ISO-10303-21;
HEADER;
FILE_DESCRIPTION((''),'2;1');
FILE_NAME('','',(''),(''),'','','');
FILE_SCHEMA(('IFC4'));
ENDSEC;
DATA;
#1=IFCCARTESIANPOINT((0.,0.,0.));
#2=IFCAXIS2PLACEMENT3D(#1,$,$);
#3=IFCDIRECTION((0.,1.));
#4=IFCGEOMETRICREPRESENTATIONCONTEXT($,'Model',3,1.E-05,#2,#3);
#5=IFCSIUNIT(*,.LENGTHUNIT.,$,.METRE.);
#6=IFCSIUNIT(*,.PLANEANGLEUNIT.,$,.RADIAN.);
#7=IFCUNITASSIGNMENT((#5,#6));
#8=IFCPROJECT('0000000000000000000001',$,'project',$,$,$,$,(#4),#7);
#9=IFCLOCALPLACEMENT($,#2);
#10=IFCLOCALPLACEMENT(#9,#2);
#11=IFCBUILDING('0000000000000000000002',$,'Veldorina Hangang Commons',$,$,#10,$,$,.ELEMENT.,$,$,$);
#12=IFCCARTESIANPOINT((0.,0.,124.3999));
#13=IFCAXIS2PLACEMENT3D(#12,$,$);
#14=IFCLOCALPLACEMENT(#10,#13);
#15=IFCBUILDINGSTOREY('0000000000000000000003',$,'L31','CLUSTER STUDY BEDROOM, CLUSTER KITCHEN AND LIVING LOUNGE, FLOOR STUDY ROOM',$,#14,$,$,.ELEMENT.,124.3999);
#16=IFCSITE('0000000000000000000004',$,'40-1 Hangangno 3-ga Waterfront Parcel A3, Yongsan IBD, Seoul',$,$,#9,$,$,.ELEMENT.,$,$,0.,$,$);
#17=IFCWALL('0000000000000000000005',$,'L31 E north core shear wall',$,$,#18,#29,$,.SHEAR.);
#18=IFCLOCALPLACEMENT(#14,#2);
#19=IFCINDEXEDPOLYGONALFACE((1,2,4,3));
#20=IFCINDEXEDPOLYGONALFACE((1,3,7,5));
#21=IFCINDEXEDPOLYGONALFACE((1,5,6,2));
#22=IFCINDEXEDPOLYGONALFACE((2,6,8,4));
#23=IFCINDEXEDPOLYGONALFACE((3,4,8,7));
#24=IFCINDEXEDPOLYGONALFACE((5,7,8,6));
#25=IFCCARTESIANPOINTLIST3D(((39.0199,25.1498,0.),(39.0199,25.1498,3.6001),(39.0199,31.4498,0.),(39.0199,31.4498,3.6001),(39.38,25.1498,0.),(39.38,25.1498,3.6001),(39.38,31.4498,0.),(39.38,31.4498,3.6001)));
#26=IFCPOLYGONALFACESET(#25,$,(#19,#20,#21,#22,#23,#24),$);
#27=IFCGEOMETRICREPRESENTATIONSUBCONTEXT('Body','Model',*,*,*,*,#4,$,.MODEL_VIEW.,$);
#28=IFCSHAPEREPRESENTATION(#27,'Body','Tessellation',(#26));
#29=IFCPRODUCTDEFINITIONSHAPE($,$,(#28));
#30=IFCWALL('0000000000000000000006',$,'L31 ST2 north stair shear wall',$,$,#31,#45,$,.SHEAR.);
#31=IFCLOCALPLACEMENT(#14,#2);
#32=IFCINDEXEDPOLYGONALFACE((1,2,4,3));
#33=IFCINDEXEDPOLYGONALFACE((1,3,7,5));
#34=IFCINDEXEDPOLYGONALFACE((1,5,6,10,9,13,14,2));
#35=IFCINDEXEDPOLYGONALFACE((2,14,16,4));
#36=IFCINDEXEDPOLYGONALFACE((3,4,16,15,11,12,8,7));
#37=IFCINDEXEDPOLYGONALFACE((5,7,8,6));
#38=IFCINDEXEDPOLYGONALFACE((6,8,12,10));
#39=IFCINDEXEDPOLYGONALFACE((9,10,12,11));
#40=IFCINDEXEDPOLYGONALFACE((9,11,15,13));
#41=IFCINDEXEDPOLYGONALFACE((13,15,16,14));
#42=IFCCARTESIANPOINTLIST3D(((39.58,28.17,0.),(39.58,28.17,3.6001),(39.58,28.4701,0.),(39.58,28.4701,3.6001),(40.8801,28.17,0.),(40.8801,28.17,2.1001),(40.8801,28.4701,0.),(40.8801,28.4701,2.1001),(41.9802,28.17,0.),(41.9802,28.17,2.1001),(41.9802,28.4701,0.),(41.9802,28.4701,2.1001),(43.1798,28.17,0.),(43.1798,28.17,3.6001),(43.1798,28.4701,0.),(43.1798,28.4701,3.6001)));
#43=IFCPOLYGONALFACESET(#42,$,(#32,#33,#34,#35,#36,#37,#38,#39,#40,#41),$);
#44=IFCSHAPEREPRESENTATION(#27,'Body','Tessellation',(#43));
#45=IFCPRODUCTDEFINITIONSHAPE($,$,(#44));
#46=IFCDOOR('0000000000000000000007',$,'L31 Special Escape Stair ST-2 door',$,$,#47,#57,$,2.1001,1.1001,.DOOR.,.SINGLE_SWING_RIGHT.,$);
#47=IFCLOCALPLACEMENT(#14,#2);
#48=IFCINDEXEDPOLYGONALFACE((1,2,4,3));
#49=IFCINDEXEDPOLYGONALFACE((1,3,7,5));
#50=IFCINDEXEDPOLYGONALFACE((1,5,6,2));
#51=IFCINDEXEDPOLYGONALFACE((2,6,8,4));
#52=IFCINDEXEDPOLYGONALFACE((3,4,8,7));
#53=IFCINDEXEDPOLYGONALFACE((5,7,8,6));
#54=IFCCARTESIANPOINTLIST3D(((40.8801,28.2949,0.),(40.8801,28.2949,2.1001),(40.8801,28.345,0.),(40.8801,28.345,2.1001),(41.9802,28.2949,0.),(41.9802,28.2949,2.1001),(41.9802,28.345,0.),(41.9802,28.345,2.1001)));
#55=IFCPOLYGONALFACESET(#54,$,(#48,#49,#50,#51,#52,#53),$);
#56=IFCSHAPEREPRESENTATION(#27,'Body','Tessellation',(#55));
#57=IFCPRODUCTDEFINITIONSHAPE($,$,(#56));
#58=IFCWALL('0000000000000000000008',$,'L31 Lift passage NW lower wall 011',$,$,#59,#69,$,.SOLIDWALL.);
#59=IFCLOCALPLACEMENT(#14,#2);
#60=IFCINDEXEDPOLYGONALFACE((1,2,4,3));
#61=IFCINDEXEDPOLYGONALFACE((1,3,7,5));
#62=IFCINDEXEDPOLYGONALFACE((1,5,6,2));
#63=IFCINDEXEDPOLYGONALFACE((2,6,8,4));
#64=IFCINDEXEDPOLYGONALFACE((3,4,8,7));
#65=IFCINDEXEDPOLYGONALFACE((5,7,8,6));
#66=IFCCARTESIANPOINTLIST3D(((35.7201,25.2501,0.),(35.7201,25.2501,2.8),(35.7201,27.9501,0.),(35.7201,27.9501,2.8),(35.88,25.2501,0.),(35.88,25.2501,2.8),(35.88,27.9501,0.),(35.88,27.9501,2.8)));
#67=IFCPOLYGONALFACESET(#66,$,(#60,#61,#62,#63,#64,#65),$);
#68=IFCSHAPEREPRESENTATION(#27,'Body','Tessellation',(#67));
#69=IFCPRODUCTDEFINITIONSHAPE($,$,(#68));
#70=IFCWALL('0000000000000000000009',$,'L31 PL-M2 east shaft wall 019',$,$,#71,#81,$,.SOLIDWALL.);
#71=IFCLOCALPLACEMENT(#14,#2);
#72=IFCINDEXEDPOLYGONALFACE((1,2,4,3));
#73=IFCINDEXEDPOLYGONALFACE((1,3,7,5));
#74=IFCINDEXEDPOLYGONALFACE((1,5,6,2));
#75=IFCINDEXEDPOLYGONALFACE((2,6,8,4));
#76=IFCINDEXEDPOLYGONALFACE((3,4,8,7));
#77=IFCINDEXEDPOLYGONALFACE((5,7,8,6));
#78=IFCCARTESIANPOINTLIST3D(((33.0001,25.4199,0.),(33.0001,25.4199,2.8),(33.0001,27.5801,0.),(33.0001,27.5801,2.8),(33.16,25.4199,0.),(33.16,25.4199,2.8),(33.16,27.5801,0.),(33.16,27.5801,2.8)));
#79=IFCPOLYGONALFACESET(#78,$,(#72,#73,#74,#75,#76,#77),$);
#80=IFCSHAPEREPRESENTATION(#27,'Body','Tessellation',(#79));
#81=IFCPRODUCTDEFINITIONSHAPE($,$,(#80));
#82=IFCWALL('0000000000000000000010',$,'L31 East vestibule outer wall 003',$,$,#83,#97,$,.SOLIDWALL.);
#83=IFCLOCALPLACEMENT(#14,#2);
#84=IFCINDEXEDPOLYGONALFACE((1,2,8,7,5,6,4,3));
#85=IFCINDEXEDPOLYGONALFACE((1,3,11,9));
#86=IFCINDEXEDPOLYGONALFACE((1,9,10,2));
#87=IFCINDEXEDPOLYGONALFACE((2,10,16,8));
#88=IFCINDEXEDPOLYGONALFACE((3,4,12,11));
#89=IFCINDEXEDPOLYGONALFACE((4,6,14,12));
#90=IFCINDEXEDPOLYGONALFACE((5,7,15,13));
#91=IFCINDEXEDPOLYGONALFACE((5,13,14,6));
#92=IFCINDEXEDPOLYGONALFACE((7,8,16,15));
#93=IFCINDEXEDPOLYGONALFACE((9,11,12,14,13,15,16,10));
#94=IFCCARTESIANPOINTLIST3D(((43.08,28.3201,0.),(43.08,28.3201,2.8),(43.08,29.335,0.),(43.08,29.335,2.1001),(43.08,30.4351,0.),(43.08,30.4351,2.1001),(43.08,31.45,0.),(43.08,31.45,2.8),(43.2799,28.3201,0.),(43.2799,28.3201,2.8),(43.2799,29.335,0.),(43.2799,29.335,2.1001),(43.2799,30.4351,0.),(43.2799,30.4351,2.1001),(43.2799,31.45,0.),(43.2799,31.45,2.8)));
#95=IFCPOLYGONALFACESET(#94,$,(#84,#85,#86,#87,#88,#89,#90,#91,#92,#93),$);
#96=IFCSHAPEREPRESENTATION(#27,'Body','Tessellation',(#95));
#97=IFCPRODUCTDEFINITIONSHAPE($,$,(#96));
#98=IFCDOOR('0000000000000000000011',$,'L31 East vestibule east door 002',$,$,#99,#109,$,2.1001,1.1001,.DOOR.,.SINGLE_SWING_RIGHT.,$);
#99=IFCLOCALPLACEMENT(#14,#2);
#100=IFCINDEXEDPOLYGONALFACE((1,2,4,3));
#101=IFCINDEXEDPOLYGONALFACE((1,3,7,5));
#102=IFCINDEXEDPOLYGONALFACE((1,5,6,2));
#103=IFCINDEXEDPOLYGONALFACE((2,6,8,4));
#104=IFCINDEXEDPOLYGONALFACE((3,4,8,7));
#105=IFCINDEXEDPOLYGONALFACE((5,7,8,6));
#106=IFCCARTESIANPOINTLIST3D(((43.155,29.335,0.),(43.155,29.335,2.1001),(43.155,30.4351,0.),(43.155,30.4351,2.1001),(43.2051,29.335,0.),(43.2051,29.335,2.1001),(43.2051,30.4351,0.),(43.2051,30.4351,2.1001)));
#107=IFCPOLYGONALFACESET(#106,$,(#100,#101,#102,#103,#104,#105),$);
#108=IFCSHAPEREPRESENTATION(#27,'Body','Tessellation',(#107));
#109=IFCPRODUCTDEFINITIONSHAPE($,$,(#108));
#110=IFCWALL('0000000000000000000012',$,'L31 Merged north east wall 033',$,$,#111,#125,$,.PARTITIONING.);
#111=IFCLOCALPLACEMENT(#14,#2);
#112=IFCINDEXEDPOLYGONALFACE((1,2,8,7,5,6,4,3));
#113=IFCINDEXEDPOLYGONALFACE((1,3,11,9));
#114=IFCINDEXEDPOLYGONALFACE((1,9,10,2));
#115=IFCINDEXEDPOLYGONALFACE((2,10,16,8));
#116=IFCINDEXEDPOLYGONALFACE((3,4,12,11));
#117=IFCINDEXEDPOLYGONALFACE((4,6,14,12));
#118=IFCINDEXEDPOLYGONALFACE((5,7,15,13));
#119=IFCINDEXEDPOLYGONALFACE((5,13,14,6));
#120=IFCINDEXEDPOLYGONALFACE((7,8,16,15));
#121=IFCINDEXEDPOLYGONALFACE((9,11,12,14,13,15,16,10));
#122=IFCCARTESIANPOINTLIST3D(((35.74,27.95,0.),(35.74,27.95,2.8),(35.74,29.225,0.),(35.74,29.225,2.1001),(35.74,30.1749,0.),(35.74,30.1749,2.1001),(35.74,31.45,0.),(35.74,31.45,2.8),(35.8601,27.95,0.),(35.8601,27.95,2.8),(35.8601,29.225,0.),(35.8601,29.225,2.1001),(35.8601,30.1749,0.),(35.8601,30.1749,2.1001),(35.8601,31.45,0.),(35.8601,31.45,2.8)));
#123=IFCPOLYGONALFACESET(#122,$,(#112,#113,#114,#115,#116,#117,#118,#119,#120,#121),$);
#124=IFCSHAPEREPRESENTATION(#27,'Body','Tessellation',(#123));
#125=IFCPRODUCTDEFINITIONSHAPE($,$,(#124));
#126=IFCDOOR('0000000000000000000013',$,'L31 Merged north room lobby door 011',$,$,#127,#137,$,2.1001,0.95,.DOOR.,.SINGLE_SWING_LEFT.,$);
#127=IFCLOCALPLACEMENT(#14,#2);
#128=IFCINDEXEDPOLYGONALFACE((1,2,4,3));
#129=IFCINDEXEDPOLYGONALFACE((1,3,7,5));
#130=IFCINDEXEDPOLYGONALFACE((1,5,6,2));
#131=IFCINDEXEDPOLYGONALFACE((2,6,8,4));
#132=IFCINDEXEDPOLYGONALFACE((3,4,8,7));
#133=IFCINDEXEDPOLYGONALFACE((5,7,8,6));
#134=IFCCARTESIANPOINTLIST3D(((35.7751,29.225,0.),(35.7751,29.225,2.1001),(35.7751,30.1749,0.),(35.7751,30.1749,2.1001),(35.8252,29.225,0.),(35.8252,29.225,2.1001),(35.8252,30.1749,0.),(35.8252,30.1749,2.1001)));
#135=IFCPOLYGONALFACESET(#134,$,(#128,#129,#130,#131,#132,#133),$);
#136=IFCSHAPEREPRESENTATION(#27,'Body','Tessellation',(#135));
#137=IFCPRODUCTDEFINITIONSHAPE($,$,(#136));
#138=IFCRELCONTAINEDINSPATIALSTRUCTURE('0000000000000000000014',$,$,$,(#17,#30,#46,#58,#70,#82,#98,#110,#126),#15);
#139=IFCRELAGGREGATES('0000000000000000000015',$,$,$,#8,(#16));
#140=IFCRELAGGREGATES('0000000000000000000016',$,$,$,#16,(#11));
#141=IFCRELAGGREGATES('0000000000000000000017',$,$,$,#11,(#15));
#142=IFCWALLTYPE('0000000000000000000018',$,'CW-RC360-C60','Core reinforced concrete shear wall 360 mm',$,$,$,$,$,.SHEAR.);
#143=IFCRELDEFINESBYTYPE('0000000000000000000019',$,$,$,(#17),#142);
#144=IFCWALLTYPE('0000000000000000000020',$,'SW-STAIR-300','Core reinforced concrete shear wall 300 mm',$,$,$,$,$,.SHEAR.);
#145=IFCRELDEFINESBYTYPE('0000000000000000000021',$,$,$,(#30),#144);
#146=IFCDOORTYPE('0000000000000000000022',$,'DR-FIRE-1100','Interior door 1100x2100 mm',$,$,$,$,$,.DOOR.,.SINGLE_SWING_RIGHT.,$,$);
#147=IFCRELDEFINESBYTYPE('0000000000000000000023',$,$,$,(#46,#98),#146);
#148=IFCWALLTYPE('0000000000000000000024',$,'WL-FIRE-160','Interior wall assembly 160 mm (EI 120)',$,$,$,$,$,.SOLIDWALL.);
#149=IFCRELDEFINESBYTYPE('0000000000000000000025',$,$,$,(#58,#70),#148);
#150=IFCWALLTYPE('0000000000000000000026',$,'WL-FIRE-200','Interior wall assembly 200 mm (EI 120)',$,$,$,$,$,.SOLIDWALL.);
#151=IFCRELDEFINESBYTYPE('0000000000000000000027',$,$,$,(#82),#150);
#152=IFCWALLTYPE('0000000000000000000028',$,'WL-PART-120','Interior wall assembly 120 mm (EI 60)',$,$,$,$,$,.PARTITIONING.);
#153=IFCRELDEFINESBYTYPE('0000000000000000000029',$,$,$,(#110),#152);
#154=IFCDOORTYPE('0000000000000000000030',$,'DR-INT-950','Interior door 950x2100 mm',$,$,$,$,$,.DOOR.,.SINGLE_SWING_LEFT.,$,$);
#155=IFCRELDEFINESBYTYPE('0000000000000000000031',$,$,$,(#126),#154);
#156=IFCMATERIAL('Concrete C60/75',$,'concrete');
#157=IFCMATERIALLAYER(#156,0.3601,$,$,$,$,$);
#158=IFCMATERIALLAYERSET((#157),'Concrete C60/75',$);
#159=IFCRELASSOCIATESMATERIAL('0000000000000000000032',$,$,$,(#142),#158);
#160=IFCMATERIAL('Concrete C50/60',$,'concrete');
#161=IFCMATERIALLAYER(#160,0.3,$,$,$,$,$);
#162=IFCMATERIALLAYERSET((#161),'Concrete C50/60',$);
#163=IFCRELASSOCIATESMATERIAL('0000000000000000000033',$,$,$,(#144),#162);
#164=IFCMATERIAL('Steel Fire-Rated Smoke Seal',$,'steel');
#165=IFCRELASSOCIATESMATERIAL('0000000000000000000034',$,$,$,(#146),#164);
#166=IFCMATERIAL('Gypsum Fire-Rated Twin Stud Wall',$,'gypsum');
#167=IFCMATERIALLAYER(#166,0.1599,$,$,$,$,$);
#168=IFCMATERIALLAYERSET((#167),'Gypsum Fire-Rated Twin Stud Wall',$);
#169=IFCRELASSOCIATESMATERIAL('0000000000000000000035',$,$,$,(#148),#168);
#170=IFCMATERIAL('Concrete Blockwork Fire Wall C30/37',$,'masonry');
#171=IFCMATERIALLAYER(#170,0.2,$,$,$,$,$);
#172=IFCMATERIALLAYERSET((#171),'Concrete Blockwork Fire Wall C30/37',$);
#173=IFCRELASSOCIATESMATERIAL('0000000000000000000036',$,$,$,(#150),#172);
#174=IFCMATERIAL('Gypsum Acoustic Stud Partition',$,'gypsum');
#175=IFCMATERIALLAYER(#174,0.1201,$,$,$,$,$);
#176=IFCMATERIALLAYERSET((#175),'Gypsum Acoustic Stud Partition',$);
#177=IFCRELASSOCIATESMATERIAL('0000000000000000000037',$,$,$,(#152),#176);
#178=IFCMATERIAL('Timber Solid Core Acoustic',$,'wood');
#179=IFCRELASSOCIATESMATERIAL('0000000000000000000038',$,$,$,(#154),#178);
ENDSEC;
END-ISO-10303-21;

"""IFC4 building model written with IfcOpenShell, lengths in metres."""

from ifc_helpers import new_model, si_unit, direction, frame, frame_2d, origin, place, context, subcontext, project, spatial, rectangle, extrude, material, layer, layer_set, type_object, element, fill, save


model = new_model("IFC4")

# Units and contexts
model_context = context("Model", 3, precision=1e-05, world=origin(), true_north=direction((0.0, 1.0)))
body_context = subcontext(model_context, "Body", "Model", "MODEL_VIEW")
ifc_project = project(units=[si_unit("LENGTHUNIT", "METRE"), si_unit("PLANEANGLEUNIT", "RADIAN")], contexts=[model_context])

# Site, building, storey
site_placement = place(None, origin())
site = spatial("IfcSite", under=ifc_project, at=site_placement, Name="40-1 Hangangno 3-ga Waterfront Parcel A3, Yongsan IBD, Seoul", CompositionType="ELEMENT", RefElevation=0.0)
building_placement = place(site_placement, origin())
building = spatial("IfcBuilding", under=site, at=building_placement, Name="Veldorina Hangang Commons", CompositionType="ELEMENT")
storey_placement = place(building_placement, frame((0.0, 0.0, 124.3999)))
storey = spatial("IfcBuildingStorey", under=building, at=storey_placement, Name="L31", Description="CLUSTER STUDY BEDROOM, CLUSTER KITCHEN AND LIVING LOUNGE, FLOOR STUDY ROOM", CompositionType="ELEMENT", Elevation=124.3999)

# Wall
ifc_material_1 = material(Name="Concrete C60/75", Category="concrete")
ifc_layer_1 = layer(ifc_material_1, 0.3601)
ifc_layer_set_1 = layer_set([ifc_layer_1], Name="Concrete C60/75")
wall_type_1 = type_object("IfcWallType", Name="CW-RC360-C60", Description="Core reinforced concrete shear wall 360 mm", PredefinedType="SHEAR", material=ifc_layer_set_1)
wall_1_placement = place(storey_placement, frame((39.2, 25.1499, 0.0), z_axis=(0.0, 0.0, 1.0), x_axis=(0.0, 1.0, 0.0)))
element("IfcWall", 1, at=wall_1_placement, inside=storey, type_object=wall_type_1, Name="L31 E north core shear wall", PredefinedType="SHEAR", context=body_context, shape_type="SweptSolid", body=[
    extrude(rectangle(XDim=6.3, YDim=0.3601, at=frame_2d((3.1499, 0.0))), origin(), (0.0, 0.0, 1.0), 3.6001),
])

# Wall, opening, door
ifc_material_2 = material(Name="Concrete C50/60", Category="concrete")
ifc_layer_2 = layer(ifc_material_2, 0.3)
ifc_layer_set_2 = layer_set([ifc_layer_2], Name="Concrete C50/60")
wall_type_2 = type_object("IfcWallType", Name="SW-STAIR-300", Description="Core reinforced concrete shear wall 300 mm", PredefinedType="SHEAR", material=ifc_layer_set_2)
wall_2_placement = place(storey_placement, frame((39.5801, 28.3201, 0.0), z_axis=(0.0, 0.0, 1.0), x_axis=(1.0, 0.0, 0.0)))
wall_2 = element("IfcWall", 2, at=wall_2_placement, inside=storey, type_object=wall_type_2, Name="L31 ST2 north stair shear wall", PredefinedType="SHEAR", context=body_context, shape_type="SweptSolid", body=[
    extrude(rectangle(XDim=3.5999, YDim=0.3, at=frame_2d((1.7998, 0.0))), origin(), (0.0, 0.0, 1.0), 3.6001),
])
opening_1_placement = place(wall_2_placement, frame((1.3, 0.0, 0.0)))
opening_1 = element("IfcOpeningElement", 3, at=opening_1_placement, cuts=wall_2, PredefinedType="OPENING", context=body_context, shape_type="SweptSolid", body=[
    extrude(rectangle(XDim=1.1001, YDim=2.1001, at=frame_2d((0.55, 1.05))), frame((0.0, 0.1602, 0.0), z_axis=(0.0, -1.0, 0.0), x_axis=(1.0, 0.0, 0.0)), (0.0, 0.0, 1.0), 0.3201),
])
ifc_material_3 = material(Name="Steel Fire-Rated Smoke Seal", Category="steel")
door_type_1 = type_object("IfcDoorType", Name="DR-FIRE-1100", Description="Interior door 1100x2100 mm", OperationType="SINGLE_SWING_RIGHT", PredefinedType="DOOR", material=ifc_material_3)
door_1_placement = place(opening_1_placement, origin())
door_1 = element("IfcDoor", 4, at=door_1_placement, inside=storey, type_object=door_type_1, Name="L31 Special Escape Stair ST-2 door", OperationType="SINGLE_SWING_RIGHT", OverallHeight=2.1001, OverallWidth=1.1001, PredefinedType="DOOR", context=body_context, shape_type="SweptSolid", body=[
    extrude(rectangle(XDim=1.1001, YDim=2.1001, at=frame_2d((0.55, 1.05))), frame((0.0, 0.0249, 0.0), z_axis=(0.0, -1.0, 0.0), x_axis=(1.0, 0.0, 0.0)), (0.0, 0.0, 1.0), 0.05),
])
fill(opening_1, door_1)

# Walls
ifc_material_4 = material(Name="Gypsum Fire-Rated Twin Stud Wall", Category="gypsum")
ifc_layer_3 = layer(ifc_material_4, 0.1599)
ifc_layer_set_3 = layer_set([ifc_layer_3], Name="Gypsum Fire-Rated Twin Stud Wall")
wall_type_3 = type_object("IfcWallType", Name="WL-FIRE-160", Description="Interior wall assembly 160 mm (EI 120)", PredefinedType="SOLIDWALL", material=ifc_layer_set_3)
wall_3_placement = place(storey_placement, frame((35.8, 25.25, 0.0), z_axis=(0.0, 0.0, 1.0), x_axis=(0.0, 1.0, 0.0)))
element("IfcWall", 5, at=wall_3_placement, inside=storey, type_object=wall_type_3, Name="L31 Lift passage NW lower wall 011", PredefinedType="SOLIDWALL", context=body_context, shape_type="SweptSolid", body=[
    extrude(rectangle(XDim=2.7, YDim=0.1599, at=frame_2d((1.3501, 0.0))), origin(), (0.0, 0.0, 1.0), 2.8),
])
wall_4_placement = place(storey_placement, frame((33.0801, 25.4199, 0.0), z_axis=(0.0, 0.0, 1.0), x_axis=(0.0, 1.0, 0.0)))
element("IfcWall", 6, at=wall_4_placement, inside=storey, type_object=wall_type_3, Name="L31 PL-M2 east shaft wall 019", PredefinedType="SOLIDWALL", context=body_context, shape_type="SweptSolid", body=[
    extrude(rectangle(XDim=2.1602, YDim=0.1599, at=frame_2d((1.0801, 0.0))), origin(), (0.0, 0.0, 1.0), 2.8),
])

# Walls, openings, doors
ifc_material_5 = material(Name="Concrete Blockwork Fire Wall C30/37", Category="masonry")
ifc_layer_4 = layer(ifc_material_5, 0.2)
ifc_layer_set_4 = layer_set([ifc_layer_4], Name="Concrete Blockwork Fire Wall C30/37")
wall_type_4 = type_object("IfcWallType", Name="WL-FIRE-200", Description="Interior wall assembly 200 mm (EI 120)", PredefinedType="SOLIDWALL", material=ifc_layer_set_4)
wall_5_placement = place(storey_placement, frame((43.1799, 28.3201, 0.0), z_axis=(0.0, 0.0, 1.0), x_axis=(0.0, 1.0, 0.0)))
wall_5 = element("IfcWall", 7, at=wall_5_placement, inside=storey, type_object=wall_type_4, Name="L31 East vestibule outer wall 003", PredefinedType="SOLIDWALL", context=body_context, shape_type="SweptSolid", body=[
    extrude(rectangle(XDim=3.1299, YDim=0.2, at=frame_2d((1.5649, 0.0))), origin(), (0.0, 0.0, 1.0), 2.8),
])
opening_2_placement = place(wall_5_placement, frame((1.0149, 0.0, 0.0)))
opening_2 = element("IfcOpeningElement", 8, at=opening_2_placement, cuts=wall_5, PredefinedType="OPENING", context=body_context, shape_type="SweptSolid", body=[
    extrude(rectangle(XDim=1.1001, YDim=2.1001, at=frame_2d((0.55, 1.05))), frame((0.0, 0.1099, 0.0), z_axis=(0.0, -1.0, 0.0), x_axis=(1.0, 0.0, 0.0)), (0.0, 0.0, 1.0), 0.22),
])
door_2_placement = place(opening_2_placement, origin())
door_2 = element("IfcDoor", 9, at=door_2_placement, inside=storey, type_object=door_type_1, Name="L31 East vestibule east door 002", OperationType="SINGLE_SWING_RIGHT", OverallHeight=2.1001, OverallWidth=1.1001, PredefinedType="DOOR", context=body_context, shape_type="SweptSolid", body=[
    extrude(rectangle(XDim=1.1001, YDim=2.1001, at=frame_2d((0.55, 1.05))), frame((0.0, 0.0249, 0.0), z_axis=(0.0, -1.0, 0.0), x_axis=(1.0, 0.0, 0.0)), (0.0, 0.0, 1.0), 0.05),
])
fill(opening_2, door_2)
ifc_material_6 = material(Name="Gypsum Acoustic Stud Partition", Category="gypsum")
ifc_layer_5 = layer(ifc_material_6, 0.1201)
ifc_layer_set_5 = layer_set([ifc_layer_5], Name="Gypsum Acoustic Stud Partition")
wall_type_5 = type_object("IfcWallType", Name="WL-PART-120", Description="Interior wall assembly 120 mm (EI 60)", PredefinedType="PARTITIONING", material=ifc_layer_set_5)
wall_6_placement = place(storey_placement, frame((35.8, 27.95, 0.0), z_axis=(0.0, 0.0, 1.0), x_axis=(0.0, 1.0, 0.0)))
wall_6 = element("IfcWall", 10, at=wall_6_placement, inside=storey, type_object=wall_type_5, Name="L31 Merged north east wall 033", PredefinedType="PARTITIONING", context=body_context, shape_type="SweptSolid", body=[
    extrude(rectangle(XDim=3.5, YDim=0.1201, at=frame_2d((1.75, 0.0))), origin(), (0.0, 0.0, 1.0), 2.8),
])
opening_3_placement = place(wall_6_placement, frame((1.2749, 0.0, 0.0)))
opening_3 = element("IfcOpeningElement", 11, at=opening_3_placement, cuts=wall_6, PredefinedType="OPENING", context=body_context, shape_type="SweptSolid", body=[
    extrude(rectangle(XDim=0.95, YDim=2.1001, at=frame_2d((0.4751, 1.05))), frame((0.0, 0.0701, 0.0), z_axis=(0.0, -1.0, 0.0), x_axis=(1.0, 0.0, 0.0)), (0.0, 0.0, 1.0), 0.1401),
])
ifc_material_7 = material(Name="Timber Solid Core Acoustic", Category="wood")
door_type_2 = type_object("IfcDoorType", Name="DR-INT-950", Description="Interior door 950x2100 mm", OperationType="SINGLE_SWING_LEFT", PredefinedType="DOOR", material=ifc_material_7)
door_3_placement = place(opening_3_placement, origin())
door_3 = element("IfcDoor", 12, at=door_3_placement, inside=storey, type_object=door_type_2, Name="L31 Merged north room lobby door 011", OperationType="SINGLE_SWING_LEFT", OverallHeight=2.1001, OverallWidth=0.95, PredefinedType="DOOR", context=body_context, shape_type="SweptSolid", body=[
    extrude(rectangle(XDim=0.95, YDim=2.1001, at=frame_2d((0.4751, 1.05))), frame((0.0, 0.0249, 0.0), z_axis=(0.0, -1.0, 0.0), x_axis=(1.0, 0.0, 0.0)), (0.0, 0.0, 1.0), 0.05),
])
fill(opening_3, door_3)

save(model, "model.ifc")
